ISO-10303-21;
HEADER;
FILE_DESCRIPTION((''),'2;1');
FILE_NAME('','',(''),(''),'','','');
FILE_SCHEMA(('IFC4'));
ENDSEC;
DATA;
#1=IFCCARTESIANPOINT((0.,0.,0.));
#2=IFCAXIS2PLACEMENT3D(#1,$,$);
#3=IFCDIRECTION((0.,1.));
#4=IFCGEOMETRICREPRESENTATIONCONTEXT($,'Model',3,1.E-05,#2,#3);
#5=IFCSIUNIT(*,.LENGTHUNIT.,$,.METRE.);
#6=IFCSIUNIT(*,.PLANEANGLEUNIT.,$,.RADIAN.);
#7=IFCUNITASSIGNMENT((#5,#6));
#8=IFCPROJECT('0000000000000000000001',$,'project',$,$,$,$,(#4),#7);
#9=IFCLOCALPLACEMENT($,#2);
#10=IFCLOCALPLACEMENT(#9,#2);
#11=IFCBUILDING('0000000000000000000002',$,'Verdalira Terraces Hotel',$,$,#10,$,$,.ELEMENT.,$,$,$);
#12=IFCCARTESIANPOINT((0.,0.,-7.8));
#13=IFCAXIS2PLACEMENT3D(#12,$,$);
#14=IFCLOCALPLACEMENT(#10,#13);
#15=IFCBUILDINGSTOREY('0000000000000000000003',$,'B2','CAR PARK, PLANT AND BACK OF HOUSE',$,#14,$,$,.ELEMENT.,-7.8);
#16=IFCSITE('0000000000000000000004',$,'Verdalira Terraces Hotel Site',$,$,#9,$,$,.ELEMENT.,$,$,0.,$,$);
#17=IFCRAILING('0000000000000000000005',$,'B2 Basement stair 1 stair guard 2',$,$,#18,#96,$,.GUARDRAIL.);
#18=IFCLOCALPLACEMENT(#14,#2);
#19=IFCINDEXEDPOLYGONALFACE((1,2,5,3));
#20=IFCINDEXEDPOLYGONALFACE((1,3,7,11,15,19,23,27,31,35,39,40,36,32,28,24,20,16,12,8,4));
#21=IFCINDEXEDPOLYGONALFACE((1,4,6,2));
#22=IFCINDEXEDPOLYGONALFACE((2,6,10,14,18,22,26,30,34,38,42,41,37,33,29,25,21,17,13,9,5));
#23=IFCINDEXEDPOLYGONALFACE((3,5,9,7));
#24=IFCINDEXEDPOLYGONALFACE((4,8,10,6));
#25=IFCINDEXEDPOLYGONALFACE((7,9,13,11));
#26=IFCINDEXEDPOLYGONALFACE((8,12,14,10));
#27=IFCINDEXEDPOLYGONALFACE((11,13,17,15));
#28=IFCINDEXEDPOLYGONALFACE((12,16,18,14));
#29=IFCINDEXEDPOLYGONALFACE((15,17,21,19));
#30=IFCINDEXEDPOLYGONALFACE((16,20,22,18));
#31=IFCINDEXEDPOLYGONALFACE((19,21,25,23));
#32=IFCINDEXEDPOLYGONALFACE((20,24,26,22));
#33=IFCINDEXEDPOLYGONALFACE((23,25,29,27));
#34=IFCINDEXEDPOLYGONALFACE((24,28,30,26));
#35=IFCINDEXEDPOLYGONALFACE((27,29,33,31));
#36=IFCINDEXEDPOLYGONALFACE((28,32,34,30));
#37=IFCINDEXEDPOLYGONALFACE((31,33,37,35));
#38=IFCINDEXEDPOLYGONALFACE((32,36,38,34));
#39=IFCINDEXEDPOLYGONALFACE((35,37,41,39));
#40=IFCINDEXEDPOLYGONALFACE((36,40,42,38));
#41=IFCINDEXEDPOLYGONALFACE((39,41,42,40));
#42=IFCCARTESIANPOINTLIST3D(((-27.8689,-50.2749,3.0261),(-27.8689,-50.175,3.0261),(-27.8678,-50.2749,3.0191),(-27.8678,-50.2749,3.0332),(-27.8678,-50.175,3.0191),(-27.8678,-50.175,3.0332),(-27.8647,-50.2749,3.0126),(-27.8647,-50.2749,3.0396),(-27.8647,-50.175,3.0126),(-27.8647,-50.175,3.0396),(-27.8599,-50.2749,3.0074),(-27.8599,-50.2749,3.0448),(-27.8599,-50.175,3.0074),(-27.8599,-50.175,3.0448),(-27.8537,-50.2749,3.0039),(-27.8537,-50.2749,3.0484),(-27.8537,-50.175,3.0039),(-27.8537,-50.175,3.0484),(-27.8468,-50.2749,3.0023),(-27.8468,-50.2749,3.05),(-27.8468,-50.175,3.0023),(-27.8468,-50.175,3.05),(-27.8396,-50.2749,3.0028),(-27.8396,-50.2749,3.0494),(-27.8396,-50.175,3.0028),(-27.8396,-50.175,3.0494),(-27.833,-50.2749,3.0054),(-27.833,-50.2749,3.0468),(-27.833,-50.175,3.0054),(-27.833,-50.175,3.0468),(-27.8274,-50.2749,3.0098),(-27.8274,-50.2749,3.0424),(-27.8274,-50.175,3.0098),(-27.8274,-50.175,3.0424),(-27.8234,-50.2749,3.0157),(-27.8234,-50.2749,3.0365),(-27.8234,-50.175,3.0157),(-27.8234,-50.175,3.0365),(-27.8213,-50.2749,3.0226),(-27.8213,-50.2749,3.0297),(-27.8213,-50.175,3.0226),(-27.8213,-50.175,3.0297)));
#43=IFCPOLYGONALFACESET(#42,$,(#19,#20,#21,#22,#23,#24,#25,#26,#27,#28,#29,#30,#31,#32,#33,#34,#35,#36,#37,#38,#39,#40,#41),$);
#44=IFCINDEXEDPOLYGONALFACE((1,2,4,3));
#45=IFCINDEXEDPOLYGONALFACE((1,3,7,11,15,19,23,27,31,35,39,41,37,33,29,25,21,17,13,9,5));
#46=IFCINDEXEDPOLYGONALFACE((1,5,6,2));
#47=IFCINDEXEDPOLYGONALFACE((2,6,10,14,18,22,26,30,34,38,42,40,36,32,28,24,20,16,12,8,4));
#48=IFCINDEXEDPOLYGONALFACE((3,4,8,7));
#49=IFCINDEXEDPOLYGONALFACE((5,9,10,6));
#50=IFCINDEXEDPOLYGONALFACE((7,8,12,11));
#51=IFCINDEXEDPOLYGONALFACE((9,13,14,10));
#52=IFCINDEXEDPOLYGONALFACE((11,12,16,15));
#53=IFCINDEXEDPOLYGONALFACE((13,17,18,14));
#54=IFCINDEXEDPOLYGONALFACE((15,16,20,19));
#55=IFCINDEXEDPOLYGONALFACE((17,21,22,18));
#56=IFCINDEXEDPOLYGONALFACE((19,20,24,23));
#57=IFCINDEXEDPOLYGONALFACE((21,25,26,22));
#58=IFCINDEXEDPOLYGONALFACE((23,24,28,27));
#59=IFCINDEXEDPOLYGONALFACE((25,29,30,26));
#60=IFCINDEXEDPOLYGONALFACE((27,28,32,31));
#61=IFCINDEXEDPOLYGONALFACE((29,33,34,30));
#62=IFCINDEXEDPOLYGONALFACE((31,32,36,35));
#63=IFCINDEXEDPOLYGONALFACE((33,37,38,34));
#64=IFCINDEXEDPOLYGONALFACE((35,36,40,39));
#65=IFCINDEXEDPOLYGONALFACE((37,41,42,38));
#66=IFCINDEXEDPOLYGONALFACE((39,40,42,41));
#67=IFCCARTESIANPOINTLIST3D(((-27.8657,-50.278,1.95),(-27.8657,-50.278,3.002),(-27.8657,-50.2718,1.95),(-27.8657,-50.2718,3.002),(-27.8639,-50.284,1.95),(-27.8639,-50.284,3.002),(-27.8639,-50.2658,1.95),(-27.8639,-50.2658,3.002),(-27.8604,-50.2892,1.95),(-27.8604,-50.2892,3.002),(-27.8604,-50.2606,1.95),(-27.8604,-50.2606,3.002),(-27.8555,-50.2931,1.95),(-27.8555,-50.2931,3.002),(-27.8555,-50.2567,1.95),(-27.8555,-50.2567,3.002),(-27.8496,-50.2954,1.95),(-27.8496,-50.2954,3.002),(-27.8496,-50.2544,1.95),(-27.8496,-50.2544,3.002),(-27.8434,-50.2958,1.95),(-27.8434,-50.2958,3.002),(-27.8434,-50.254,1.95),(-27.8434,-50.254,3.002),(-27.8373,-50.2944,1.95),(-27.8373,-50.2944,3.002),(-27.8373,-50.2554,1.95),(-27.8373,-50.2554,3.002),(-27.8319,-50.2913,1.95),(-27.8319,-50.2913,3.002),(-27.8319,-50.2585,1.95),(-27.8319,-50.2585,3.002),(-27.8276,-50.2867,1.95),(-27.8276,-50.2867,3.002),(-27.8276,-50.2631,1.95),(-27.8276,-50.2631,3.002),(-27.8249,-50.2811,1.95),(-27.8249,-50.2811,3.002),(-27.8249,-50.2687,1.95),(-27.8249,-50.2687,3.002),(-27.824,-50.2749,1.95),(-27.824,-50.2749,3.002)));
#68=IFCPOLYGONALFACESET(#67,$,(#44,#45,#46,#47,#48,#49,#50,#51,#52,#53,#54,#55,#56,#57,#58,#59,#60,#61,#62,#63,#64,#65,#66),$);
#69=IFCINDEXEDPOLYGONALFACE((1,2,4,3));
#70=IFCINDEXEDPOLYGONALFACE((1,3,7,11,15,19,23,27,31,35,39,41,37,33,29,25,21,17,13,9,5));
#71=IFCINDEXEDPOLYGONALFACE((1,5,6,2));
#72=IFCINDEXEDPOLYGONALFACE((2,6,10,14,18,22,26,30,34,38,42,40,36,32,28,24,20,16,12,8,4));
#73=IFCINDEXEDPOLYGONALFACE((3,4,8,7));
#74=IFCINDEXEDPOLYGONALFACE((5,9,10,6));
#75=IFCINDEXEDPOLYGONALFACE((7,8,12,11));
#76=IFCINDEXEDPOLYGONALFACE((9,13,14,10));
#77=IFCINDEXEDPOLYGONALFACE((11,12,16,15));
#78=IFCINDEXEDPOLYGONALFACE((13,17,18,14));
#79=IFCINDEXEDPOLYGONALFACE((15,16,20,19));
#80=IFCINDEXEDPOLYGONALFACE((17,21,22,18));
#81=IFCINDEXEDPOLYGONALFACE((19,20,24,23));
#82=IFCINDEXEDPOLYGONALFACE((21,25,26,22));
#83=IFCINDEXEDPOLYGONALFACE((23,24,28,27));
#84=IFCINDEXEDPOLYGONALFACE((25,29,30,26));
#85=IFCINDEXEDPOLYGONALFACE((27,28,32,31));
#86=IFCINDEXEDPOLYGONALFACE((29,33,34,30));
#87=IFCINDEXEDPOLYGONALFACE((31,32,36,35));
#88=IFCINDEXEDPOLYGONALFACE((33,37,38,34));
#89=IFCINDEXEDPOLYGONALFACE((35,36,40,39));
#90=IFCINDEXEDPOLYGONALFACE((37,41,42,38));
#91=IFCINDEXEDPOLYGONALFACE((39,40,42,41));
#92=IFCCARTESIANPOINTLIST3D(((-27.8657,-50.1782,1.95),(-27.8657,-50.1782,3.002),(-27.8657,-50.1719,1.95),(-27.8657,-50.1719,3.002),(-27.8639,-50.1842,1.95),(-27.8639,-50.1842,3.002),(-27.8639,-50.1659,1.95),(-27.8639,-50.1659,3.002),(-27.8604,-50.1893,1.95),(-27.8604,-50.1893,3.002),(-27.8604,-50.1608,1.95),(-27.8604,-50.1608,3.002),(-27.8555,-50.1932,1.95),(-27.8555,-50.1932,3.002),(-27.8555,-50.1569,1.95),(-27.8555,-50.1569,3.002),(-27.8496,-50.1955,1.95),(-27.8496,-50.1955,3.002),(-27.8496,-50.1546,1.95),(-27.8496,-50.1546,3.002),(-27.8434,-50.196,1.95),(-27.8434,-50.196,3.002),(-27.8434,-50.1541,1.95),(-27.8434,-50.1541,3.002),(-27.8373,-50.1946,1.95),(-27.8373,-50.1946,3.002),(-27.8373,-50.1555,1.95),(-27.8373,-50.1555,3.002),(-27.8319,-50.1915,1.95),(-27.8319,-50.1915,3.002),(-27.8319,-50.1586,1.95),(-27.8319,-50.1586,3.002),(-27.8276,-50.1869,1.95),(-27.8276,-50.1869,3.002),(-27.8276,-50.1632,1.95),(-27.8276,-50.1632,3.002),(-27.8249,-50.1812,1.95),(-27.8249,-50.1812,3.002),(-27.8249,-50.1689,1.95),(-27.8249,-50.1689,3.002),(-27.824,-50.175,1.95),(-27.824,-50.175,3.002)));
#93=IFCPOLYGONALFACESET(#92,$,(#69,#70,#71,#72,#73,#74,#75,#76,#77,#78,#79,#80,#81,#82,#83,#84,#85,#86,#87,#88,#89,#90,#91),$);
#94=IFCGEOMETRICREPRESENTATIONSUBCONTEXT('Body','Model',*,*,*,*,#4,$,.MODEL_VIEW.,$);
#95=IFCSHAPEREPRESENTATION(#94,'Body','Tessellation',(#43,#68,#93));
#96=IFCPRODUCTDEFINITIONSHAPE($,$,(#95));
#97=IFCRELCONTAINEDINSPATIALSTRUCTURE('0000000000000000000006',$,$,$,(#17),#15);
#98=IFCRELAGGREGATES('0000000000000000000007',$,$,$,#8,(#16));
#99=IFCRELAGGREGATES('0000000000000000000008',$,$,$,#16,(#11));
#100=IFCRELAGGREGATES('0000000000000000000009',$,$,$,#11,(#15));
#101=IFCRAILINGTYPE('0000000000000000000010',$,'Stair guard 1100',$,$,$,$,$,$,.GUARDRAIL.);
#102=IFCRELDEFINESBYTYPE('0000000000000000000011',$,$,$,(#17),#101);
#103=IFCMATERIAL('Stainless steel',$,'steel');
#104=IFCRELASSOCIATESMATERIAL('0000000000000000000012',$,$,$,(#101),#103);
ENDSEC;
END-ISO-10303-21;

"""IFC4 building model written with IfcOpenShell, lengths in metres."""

from ifc_helpers import new_model, si_unit, direction, frame, origin, origin_2d, place, context, subcontext, project, spatial, circle, extrude, material, type_object, element, save


model = new_model("IFC4")

# Units and contexts
model_context = context("Model", 3, precision=1e-05, world=origin(), true_north=direction((0.0, 1.0)))
body_context = subcontext(model_context, "Body", "Model", "MODEL_VIEW")
ifc_project = project(units=[si_unit("LENGTHUNIT", "METRE"), si_unit("PLANEANGLEUNIT", "RADIAN")], contexts=[model_context])

# Site, building, storey
site_placement = place(None, origin())
site = spatial("IfcSite", under=ifc_project, at=site_placement, Name="Verdalira Terraces Hotel Site", CompositionType="ELEMENT", RefElevation=0.0)
building_placement = place(site_placement, origin())
building = spatial("IfcBuilding", under=site, at=building_placement, Name="Verdalira Terraces Hotel", CompositionType="ELEMENT")
storey_placement = place(building_placement, frame((0.0, 0.0, -7.8)))
storey = spatial("IfcBuildingStorey", under=building, at=storey_placement, Name="B2", Description="CAR PARK, PLANT AND BACK OF HOUSE", CompositionType="ELEMENT", Elevation=-7.8)

# Railing
ifc_material_1 = material(Name="Stainless steel", Category="steel")
railing_type_1 = type_object("IfcRailingType", Name="Stair guard 1100", PredefinedType="GUARDRAIL", material=ifc_material_1)
railing_1_placement = place(storey_placement, frame((-27.845, -50.2749, 1.95)))
element("IfcRailing", 1, at=railing_1_placement, inside=storey, type_object=railing_type_1, Name="B2 Basement stair 1 stair guard 2", PredefinedType="GUARDRAIL", context=body_context, shape_type="SweptSolid", body=[
    extrude(circle(Radius=0.0239, at=origin_2d()), frame((0.0, 0.0, 1.0762), z_axis=(0.0, 1.0, 0.0), x_axis=(-1.0, 0.0, 0.0)), (0.0, 0.0, 1.0), 0.0999),
    extrude(circle(Radius=0.021, at=origin_2d()), origin(), (0.0, 0.0, 1.0), 1.052),
    extrude(circle(Radius=0.021, at=origin_2d()), frame((0.0, 0.0999, 0.0)), (0.0, 0.0, 1.0), 1.052),
])

save(model, "model.ifc")
